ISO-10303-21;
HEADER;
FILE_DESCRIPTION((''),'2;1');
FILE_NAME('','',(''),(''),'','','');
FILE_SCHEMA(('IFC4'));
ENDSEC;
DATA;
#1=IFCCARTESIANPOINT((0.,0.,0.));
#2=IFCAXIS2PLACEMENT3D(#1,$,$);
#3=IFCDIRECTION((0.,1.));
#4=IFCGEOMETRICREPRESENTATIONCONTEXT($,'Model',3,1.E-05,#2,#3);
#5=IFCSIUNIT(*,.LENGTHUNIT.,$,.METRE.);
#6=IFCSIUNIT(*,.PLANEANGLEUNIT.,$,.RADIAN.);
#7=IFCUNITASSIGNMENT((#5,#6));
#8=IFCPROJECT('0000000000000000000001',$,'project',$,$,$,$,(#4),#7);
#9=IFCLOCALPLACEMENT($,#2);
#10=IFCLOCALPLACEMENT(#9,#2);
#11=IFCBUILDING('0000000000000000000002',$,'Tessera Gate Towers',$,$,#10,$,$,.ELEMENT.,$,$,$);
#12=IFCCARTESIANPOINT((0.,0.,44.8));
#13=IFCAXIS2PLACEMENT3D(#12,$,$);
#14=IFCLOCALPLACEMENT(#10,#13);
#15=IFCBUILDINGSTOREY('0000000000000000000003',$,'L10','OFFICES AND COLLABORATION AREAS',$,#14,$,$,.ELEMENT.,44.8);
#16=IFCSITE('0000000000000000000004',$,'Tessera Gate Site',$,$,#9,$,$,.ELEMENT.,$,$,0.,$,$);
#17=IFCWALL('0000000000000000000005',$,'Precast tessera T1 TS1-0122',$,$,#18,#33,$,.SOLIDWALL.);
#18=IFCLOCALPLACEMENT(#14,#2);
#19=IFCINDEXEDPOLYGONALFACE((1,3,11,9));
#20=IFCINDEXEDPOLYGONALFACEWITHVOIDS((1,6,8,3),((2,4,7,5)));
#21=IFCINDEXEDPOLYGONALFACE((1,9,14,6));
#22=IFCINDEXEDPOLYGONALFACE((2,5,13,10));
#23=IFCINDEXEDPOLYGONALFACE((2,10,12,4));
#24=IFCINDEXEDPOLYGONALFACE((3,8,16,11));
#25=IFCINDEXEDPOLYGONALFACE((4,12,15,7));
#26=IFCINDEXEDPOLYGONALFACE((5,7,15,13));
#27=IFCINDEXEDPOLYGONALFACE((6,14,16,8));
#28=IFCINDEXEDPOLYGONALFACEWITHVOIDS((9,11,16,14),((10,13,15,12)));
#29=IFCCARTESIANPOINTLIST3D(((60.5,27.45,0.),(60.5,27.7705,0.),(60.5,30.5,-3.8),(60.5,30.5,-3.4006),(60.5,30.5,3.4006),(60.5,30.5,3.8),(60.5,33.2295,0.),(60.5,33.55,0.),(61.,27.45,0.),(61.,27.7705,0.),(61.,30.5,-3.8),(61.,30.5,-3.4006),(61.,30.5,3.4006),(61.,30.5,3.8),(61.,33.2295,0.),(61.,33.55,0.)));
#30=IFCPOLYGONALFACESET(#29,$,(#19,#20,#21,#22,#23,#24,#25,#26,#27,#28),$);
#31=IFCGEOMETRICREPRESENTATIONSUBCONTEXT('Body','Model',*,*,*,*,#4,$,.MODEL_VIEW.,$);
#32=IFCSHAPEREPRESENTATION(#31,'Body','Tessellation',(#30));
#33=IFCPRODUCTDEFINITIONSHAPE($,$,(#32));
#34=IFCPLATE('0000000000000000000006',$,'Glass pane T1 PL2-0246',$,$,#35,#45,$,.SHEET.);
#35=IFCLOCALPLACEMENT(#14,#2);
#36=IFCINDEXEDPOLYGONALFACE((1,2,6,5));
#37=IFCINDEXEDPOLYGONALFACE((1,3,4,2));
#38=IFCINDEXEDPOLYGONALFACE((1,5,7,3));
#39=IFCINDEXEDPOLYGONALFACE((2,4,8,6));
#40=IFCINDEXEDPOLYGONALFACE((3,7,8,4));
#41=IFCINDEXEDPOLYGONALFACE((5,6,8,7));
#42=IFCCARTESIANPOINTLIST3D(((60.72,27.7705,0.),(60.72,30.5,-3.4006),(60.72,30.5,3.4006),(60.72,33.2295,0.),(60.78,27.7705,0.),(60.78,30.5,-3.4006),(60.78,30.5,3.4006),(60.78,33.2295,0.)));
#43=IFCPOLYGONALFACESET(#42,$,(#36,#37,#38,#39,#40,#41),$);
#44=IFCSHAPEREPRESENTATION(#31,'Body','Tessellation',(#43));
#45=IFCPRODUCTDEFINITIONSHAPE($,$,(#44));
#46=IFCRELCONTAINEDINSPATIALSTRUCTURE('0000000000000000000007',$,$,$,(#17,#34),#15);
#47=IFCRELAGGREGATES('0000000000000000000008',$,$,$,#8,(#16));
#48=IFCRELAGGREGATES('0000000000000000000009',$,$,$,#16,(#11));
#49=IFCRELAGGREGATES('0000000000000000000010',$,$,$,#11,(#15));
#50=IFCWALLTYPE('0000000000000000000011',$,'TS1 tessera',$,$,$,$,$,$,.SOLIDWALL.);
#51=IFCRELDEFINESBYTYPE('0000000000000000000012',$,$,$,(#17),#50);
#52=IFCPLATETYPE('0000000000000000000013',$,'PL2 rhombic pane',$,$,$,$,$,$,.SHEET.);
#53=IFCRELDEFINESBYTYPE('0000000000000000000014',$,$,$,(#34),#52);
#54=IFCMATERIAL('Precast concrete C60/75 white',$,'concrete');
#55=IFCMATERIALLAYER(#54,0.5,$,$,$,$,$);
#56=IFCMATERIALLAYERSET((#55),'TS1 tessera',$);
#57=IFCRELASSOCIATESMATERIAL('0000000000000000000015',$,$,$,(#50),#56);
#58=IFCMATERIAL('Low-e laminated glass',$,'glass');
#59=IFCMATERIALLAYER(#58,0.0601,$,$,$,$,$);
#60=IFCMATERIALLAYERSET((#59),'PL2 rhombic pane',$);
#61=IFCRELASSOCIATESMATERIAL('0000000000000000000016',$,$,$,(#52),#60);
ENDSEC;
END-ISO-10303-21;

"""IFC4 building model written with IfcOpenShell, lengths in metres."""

from ifc_helpers import new_model, si_unit, direction, frame, origin, place, context, subcontext, project, spatial, polyline, outline, extrude, source, transform, mapped, material, layer, layer_set, type_object, element, fill, save


model = new_model("IFC4")

# Units and contexts
model_context = context("Model", 3, precision=1e-05, world=origin(), true_north=direction((0.0, 1.0)))
body_context = subcontext(model_context, "Body", "Model", "MODEL_VIEW")
ifc_project = project(units=[si_unit("LENGTHUNIT", "METRE"), si_unit("PLANEANGLEUNIT", "RADIAN")], contexts=[model_context])

# Site, building, storey
site_placement = place(None, origin())
site = spatial("IfcSite", under=ifc_project, at=site_placement, Name="Tessera Gate Site", CompositionType="ELEMENT", RefElevation=0.0)
building_placement = place(site_placement, origin())
building = spatial("IfcBuilding", under=site, at=building_placement, Name="Tessera Gate Towers", CompositionType="ELEMENT")
storey_placement = place(building_placement, frame((0.0, 0.0, 44.8)))
storey = spatial("IfcBuildingStorey", under=building, at=storey_placement, Name="L10", Description="OFFICES AND COLLABORATION AREAS", CompositionType="ELEMENT", Elevation=44.8)

# Wall, opening, plate
ifc_material_1 = material(Name="Precast concrete C60/75 white", Category="concrete")
ifc_layer_1 = layer(ifc_material_1, 0.5)
ifc_layer_set_1 = layer_set([ifc_layer_1], Name="TS1 tessera")
wall_type_1 = type_object("IfcWallType", Name="TS1 tessera", PredefinedType="SOLIDWALL", material=ifc_layer_set_1)
shared_shape_1 = source(origin(), body_context, "Body", "SweptSolid", [
    extrude(outline(polyline([(3.05, 0.0), (6.1001, 3.8), (3.05, 7.6001), (0.0, 3.8), (3.05, 0.0)])), frame((0.0, 0.25, 0.0), z_axis=(0.0, -1.0, 0.0), x_axis=(1.0, 0.0, 0.0)), (0.0, 0.0, 1.0), 0.5),
])
shared_shape_2 = source(origin(), body_context, "Body", "SweptSolid", [
    extrude(outline(polyline([(3.05, 0.3994), (5.7795, 3.8), (3.05, 7.2007), (0.3206, 3.8), (3.05, 0.3994)])), frame((0.0, 0.26, 0.0), z_axis=(0.0, -1.0, 0.0), x_axis=(1.0, 0.0, 0.0)), (0.0, 0.0, 1.0), 0.52),
])
ifc_material_2 = material(Name="Low-e laminated glass", Category="glass")
ifc_layer_2 = layer(ifc_material_2, 0.0601)
ifc_layer_set_2 = layer_set([ifc_layer_2], Name="PL2 rhombic pane")
plate_type = type_object("IfcPlateType", Name="PL2 rhombic pane", PredefinedType="SHEET", material=ifc_layer_set_2)
shared_shape_3 = source(origin(), body_context, "Body", "SweptSolid", [
    extrude(outline(polyline([(3.05, 0.3994), (5.7795, 3.8), (3.05, 7.2007), (0.3206, 3.8), (3.05, 0.3994)])), frame((0.0, 0.03, 0.0), z_axis=(0.0, -1.0, 0.0), x_axis=(1.0, 0.0, 0.0)), (0.0, 0.0, 1.0), 0.0601),
])
wall_1_placement = place(storey_placement, frame((60.75, 27.45, -3.8), z_axis=(0.0, 0.0, 1.0), x_axis=(0.0, 1.0, 0.0)))
wall_1 = element("IfcWall", 1, at=wall_1_placement, inside=storey, type_object=wall_type_1, Name="Precast tessera T1 TS1-0122", PredefinedType="SOLIDWALL", context=body_context, shape_type="MappedRepresentation", body=[
    mapped(shared_shape_1, transform((0.0, 0.0, 0.0), scale=1.0)),
])
opening_1_placement = place(wall_1_placement, origin())
opening_1 = element("IfcOpeningElement", 2, at=opening_1_placement, cuts=wall_1, PredefinedType="OPENING", context=body_context, shape_type="MappedRepresentation", body=[
    mapped(shared_shape_2, transform((0.0, 0.0, 0.0), scale=1.0)),
])
plate_1_placement = place(opening_1_placement, origin())
plate_1 = element("IfcPlate", 3, at=plate_1_placement, inside=storey, type_object=plate_type, Name="Glass pane T1 PL2-0246", PredefinedType="SHEET", context=body_context, shape_type="MappedRepresentation", body=[
    mapped(shared_shape_3, transform((0.0, 0.0, 0.0), scale=1.0)),
])
fill(opening_1, plate_1)

save(model, "model.ifc")
